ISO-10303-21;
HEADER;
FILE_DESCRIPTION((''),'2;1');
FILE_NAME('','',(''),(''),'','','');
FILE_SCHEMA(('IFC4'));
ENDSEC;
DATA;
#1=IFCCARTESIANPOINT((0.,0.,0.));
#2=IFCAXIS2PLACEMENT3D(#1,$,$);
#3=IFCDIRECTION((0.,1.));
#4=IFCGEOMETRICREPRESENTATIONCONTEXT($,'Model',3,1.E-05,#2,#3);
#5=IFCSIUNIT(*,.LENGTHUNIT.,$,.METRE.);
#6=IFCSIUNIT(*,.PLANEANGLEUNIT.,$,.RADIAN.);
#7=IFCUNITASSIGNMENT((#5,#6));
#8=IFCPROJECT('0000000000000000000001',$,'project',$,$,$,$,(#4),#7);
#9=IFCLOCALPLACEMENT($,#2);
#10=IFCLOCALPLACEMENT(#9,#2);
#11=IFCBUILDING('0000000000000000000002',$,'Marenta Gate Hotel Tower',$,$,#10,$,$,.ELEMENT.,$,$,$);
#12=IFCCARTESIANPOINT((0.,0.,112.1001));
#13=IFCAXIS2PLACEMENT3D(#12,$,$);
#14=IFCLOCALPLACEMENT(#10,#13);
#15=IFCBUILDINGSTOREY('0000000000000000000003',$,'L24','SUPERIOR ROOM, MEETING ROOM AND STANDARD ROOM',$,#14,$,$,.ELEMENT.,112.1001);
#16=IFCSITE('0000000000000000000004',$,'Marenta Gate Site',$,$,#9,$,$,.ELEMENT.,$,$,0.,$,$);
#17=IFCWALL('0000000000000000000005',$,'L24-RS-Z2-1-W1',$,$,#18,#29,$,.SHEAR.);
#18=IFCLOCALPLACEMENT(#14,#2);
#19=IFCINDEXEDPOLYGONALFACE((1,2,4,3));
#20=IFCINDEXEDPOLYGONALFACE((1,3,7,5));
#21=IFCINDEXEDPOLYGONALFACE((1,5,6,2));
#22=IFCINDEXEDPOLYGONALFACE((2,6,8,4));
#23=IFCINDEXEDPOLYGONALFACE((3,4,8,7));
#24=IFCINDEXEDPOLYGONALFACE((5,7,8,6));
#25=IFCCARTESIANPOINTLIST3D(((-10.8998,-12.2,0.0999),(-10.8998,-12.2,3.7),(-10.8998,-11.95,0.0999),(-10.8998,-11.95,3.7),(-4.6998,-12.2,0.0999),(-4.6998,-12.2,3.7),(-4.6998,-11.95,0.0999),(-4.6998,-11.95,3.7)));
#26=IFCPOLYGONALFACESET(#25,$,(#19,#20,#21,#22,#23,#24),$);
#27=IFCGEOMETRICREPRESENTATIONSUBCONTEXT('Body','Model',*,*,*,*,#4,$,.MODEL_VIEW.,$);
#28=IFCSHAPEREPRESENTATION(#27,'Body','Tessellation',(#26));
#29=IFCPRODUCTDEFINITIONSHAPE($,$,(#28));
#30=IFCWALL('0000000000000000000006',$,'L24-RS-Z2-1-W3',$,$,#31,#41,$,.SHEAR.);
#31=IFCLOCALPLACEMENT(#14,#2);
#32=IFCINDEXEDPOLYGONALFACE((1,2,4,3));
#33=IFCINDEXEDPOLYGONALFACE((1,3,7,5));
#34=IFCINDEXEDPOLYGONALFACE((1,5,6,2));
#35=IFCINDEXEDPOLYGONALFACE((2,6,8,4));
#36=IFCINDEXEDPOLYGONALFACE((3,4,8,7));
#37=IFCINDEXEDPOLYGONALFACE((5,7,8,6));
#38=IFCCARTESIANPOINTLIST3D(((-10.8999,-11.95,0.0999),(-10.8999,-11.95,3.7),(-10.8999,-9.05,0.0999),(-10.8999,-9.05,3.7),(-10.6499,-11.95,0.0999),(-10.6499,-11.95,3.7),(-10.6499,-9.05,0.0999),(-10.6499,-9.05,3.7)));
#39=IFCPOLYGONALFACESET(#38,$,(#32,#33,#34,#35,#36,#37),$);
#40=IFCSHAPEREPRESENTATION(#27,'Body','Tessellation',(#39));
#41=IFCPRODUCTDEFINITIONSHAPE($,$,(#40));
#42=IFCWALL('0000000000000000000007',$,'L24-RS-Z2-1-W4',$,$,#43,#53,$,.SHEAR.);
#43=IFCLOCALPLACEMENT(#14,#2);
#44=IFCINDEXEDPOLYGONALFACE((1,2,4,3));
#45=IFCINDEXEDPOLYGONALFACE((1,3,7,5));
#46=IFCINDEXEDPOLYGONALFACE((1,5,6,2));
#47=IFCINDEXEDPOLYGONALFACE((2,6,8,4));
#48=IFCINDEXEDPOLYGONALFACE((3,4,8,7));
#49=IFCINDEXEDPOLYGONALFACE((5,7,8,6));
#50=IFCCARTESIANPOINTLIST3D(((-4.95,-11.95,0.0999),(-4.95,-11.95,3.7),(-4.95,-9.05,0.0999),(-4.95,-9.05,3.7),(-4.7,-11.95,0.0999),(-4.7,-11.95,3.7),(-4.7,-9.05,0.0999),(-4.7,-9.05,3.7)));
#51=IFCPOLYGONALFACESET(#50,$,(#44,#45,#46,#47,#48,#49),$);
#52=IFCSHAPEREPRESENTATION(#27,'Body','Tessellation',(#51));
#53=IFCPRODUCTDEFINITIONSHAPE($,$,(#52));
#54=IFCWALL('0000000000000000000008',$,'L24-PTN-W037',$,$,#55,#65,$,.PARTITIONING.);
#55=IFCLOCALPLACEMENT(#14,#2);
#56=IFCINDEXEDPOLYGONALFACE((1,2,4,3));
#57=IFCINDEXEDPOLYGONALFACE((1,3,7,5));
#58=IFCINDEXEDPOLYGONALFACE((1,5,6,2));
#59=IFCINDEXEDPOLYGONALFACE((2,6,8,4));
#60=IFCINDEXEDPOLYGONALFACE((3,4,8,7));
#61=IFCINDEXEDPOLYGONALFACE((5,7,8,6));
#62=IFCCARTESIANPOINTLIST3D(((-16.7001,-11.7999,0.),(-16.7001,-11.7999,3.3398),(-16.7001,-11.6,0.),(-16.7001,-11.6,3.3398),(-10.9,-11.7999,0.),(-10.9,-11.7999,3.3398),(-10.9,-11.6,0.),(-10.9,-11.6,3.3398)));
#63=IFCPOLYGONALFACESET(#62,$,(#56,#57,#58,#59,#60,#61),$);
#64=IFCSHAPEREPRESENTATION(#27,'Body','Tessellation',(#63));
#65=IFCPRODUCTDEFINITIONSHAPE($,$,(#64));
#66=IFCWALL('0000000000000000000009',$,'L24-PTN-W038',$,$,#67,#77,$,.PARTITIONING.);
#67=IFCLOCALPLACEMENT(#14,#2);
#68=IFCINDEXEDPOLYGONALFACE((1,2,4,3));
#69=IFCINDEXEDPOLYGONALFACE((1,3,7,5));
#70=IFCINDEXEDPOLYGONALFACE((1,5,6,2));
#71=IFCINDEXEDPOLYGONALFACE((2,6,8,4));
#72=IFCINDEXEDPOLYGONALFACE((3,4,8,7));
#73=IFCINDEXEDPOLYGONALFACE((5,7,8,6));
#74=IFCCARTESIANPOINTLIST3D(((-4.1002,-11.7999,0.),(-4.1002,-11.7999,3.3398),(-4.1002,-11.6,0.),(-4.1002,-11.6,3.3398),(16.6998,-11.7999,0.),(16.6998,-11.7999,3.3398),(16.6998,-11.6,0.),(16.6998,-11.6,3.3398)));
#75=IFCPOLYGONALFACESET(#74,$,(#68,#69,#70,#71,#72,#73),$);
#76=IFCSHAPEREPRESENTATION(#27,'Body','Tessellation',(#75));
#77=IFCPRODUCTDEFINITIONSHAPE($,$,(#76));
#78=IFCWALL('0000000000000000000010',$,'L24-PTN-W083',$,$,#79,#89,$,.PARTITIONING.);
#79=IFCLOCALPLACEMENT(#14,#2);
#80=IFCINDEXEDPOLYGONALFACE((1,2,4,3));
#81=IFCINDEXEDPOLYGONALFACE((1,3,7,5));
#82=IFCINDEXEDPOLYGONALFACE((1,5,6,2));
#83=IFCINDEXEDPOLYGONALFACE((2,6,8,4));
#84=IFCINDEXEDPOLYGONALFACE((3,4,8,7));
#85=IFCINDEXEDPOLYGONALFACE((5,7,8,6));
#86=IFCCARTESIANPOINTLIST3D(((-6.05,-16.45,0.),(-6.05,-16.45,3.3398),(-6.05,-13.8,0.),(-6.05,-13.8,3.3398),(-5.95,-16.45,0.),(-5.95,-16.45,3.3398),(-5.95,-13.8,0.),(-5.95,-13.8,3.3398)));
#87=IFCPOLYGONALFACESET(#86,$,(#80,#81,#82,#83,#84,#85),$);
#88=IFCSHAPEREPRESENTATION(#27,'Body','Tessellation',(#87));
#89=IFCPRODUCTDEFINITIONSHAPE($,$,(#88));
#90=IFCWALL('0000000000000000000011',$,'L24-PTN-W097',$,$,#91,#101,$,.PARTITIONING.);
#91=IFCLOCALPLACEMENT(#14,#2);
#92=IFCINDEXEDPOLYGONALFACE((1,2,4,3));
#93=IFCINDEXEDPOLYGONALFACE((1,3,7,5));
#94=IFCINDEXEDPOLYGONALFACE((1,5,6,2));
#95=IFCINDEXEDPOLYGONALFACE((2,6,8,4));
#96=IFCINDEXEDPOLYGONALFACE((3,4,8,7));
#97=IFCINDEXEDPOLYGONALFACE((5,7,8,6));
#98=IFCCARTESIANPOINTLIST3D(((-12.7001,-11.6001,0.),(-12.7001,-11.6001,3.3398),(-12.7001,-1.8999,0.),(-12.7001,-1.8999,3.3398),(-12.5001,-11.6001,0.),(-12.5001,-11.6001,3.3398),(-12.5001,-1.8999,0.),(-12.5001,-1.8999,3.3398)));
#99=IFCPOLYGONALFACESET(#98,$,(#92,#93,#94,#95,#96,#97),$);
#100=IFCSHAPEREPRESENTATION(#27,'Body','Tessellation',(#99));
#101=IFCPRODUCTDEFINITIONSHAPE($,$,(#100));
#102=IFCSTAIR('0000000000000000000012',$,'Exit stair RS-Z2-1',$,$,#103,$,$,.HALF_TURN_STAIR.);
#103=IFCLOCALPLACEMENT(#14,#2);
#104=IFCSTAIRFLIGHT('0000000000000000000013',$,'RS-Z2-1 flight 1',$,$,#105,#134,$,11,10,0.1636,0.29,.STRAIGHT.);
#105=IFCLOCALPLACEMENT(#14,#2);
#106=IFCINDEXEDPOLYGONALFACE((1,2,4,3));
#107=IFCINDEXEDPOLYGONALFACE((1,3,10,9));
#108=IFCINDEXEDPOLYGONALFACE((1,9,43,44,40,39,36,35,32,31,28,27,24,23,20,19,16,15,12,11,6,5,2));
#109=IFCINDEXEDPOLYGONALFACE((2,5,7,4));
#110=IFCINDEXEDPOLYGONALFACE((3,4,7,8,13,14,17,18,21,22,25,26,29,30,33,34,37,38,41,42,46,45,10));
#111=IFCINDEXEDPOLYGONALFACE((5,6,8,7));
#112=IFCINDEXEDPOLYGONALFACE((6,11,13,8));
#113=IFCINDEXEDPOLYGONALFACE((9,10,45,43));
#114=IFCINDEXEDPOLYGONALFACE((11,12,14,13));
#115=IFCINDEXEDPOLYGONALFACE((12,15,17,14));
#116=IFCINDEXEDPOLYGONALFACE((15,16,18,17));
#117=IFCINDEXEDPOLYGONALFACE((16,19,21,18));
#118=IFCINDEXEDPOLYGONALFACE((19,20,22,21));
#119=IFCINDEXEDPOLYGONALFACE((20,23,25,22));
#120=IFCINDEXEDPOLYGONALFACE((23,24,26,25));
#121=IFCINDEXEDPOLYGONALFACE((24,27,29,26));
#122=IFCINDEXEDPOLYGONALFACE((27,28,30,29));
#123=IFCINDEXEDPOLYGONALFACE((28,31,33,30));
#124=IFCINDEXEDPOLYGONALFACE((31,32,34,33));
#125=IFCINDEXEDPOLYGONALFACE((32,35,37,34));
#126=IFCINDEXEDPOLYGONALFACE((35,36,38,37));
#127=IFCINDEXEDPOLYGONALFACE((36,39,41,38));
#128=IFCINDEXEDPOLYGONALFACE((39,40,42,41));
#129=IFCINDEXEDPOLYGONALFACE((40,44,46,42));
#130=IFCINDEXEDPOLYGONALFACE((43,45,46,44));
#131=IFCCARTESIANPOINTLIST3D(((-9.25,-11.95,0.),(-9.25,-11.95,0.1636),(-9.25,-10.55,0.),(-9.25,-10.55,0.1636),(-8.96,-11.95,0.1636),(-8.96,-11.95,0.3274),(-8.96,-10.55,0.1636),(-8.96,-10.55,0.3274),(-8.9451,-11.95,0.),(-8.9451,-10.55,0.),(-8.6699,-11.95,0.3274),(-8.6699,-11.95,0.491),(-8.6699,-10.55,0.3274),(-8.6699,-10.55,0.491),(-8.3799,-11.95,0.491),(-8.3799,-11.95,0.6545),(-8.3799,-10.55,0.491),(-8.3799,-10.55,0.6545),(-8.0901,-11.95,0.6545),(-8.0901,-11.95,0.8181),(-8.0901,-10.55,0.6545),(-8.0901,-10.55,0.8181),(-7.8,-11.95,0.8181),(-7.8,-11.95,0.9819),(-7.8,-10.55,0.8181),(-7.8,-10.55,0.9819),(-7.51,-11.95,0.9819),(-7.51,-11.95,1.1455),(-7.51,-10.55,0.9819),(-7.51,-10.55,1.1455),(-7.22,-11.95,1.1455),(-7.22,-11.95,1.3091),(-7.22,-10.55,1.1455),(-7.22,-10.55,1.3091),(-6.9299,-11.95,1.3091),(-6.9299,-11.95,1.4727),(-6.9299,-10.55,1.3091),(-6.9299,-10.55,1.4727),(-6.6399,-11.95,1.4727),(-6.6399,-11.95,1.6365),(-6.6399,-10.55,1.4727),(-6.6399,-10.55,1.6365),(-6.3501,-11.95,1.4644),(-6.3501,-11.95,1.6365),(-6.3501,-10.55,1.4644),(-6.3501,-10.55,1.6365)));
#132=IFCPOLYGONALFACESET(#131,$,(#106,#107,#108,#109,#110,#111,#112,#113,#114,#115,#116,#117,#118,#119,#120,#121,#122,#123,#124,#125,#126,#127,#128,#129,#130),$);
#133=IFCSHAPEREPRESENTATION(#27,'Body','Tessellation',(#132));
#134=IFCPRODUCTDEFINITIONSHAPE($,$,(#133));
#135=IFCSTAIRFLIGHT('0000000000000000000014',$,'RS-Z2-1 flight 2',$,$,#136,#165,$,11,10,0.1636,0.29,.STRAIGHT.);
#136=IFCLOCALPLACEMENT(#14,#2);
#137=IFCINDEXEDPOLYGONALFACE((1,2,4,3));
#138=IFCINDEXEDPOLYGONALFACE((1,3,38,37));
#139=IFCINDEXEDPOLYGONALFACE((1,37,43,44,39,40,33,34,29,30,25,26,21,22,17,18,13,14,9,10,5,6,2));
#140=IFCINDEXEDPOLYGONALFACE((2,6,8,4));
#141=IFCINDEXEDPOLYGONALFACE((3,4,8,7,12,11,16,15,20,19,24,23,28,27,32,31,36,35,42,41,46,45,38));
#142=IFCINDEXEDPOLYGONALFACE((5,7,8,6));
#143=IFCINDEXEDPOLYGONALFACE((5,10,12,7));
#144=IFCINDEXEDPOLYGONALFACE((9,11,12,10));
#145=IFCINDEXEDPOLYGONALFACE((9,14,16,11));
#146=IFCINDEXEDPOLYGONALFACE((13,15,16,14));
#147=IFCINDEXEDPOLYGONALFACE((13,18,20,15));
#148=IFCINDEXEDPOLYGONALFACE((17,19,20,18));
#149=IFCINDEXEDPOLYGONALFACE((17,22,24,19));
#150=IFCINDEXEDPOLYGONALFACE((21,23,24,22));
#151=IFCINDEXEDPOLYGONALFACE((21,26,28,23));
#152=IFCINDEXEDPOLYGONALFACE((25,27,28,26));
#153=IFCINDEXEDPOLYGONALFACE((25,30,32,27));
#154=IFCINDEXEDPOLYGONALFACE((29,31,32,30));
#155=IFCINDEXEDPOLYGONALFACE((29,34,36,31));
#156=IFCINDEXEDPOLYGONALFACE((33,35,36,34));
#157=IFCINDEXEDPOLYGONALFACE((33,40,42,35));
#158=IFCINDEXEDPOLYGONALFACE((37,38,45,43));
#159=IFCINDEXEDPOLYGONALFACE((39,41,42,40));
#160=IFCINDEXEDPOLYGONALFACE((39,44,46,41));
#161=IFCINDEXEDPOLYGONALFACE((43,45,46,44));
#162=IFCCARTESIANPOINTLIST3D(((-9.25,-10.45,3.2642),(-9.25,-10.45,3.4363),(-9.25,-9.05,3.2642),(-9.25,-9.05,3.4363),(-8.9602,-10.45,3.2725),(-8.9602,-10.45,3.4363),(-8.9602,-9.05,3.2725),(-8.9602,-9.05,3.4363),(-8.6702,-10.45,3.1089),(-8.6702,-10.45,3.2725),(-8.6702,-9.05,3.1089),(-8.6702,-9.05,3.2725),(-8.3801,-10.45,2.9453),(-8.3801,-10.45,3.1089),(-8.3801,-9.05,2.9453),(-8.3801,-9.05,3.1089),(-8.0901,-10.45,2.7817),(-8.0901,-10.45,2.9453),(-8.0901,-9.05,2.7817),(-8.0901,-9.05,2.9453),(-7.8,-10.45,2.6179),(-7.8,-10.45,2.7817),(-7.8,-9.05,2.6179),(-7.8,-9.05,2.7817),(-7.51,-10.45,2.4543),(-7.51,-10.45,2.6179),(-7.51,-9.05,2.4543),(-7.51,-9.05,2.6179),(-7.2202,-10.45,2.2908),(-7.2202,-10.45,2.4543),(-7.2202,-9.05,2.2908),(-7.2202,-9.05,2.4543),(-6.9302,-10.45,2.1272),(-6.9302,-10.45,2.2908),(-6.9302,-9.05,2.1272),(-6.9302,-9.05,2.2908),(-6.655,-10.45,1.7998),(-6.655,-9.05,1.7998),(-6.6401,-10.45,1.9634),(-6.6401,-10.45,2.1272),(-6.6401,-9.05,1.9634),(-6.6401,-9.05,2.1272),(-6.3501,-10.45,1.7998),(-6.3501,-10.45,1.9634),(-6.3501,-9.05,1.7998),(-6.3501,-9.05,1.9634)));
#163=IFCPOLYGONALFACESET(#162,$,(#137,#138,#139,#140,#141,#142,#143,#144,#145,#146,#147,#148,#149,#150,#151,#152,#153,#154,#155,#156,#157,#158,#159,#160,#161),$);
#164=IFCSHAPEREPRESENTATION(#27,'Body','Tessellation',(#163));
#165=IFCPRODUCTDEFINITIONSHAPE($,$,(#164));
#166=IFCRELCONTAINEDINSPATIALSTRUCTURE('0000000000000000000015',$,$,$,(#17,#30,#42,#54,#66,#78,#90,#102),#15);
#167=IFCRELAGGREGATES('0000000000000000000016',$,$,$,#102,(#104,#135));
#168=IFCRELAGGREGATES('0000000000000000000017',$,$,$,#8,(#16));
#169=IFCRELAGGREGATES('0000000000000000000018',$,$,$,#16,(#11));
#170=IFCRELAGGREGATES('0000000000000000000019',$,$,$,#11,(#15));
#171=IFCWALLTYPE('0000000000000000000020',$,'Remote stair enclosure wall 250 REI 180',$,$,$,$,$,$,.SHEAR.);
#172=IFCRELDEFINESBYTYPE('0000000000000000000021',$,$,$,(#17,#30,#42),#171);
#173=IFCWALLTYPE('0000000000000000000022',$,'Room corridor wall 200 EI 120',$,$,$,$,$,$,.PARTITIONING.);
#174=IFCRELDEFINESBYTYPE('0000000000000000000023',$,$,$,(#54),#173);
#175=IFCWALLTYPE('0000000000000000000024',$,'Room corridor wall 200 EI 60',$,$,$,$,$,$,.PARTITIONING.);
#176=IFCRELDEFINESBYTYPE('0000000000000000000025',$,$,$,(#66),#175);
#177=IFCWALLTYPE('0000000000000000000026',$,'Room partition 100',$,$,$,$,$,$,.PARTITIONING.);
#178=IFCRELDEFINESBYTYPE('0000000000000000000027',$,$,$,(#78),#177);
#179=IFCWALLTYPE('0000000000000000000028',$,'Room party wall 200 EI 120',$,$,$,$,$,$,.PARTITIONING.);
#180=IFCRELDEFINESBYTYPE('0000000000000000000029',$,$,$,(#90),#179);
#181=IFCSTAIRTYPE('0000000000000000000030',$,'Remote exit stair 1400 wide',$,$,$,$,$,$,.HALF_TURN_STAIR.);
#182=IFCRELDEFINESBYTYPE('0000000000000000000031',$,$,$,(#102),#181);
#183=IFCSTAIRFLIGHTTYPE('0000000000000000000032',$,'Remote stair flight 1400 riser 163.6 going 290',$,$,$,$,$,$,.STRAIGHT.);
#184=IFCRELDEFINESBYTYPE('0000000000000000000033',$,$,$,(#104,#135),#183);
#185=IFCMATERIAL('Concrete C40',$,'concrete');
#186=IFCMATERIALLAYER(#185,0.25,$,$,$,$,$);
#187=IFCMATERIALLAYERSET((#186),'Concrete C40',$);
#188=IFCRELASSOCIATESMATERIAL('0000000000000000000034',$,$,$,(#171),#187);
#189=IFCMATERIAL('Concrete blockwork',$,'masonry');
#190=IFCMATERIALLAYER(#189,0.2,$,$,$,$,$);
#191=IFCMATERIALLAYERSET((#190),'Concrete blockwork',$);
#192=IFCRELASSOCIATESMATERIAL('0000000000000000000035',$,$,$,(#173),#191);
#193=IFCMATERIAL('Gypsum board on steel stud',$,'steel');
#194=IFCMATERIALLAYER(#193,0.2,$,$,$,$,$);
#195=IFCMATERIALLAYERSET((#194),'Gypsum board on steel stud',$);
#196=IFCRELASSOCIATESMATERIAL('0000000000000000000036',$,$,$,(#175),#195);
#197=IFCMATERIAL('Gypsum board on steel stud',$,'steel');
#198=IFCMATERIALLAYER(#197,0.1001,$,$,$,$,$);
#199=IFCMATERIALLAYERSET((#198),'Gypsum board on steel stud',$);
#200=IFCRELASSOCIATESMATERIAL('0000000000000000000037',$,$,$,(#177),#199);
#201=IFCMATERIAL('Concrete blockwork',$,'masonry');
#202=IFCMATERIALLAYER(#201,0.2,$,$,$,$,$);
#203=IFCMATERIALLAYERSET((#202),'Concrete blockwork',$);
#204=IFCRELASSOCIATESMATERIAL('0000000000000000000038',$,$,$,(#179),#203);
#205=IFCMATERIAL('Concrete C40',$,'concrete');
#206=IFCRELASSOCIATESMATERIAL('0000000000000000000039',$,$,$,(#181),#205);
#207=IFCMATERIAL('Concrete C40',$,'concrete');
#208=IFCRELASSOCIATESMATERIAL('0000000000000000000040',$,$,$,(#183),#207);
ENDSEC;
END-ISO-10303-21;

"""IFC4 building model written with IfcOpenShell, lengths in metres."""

from ifc_helpers import new_model, si_unit, direction, frame, frame_2d, origin, place, context, subcontext, project, spatial, polyline, rectangle, outline, extrude, material, layer, layer_set, type_object, element, aggregate, save


model = new_model("IFC4")

# Units and contexts
model_context = context("Model", 3, precision=1e-05, world=origin(), true_north=direction((0.0, 1.0)))
body_context = subcontext(model_context, "Body", "Model", "MODEL_VIEW")
ifc_project = project(units=[si_unit("LENGTHUNIT", "METRE"), si_unit("PLANEANGLEUNIT", "RADIAN")], contexts=[model_context])

# Site, building, storey
site_placement = place(None, origin())
site = spatial("IfcSite", under=ifc_project, at=site_placement, Name="Marenta Gate Site", CompositionType="ELEMENT", RefElevation=0.0)
building_placement = place(site_placement, origin())
building = spatial("IfcBuilding", under=site, at=building_placement, Name="Marenta Gate Hotel Tower", CompositionType="ELEMENT")
storey_placement = place(building_placement, frame((0.0, 0.0, 112.1001)))
storey = spatial("IfcBuildingStorey", under=building, at=storey_placement, Name="L24", Description="SUPERIOR ROOM, MEETING ROOM AND STANDARD ROOM", CompositionType="ELEMENT", Elevation=112.1001)

# Walls
ifc_material_1 = material(Name="Concrete C40", Category="concrete")
ifc_layer_1 = layer(ifc_material_1, 0.25)
ifc_layer_set_1 = layer_set([ifc_layer_1], Name="Concrete C40")
wall_type_1 = type_object("IfcWallType", Name="Remote stair enclosure wall 250 REI 180", PredefinedType="SHEAR", material=ifc_layer_set_1)
wall_1_placement = place(storey_placement, frame((-10.8999, -12.075, 0.0999), z_axis=(0.0, 0.0, 1.0), x_axis=(1.0, 0.0, 0.0)))
element("IfcWall", 1, at=wall_1_placement, inside=storey, type_object=wall_type_1, Name="L24-RS-Z2-1-W1", PredefinedType="SHEAR", context=body_context, shape_type="SweptSolid", body=[
    extrude(rectangle(XDim=6.2, YDim=0.25, at=frame_2d((3.1001, 0.0))), origin(), (0.0, 0.0, 1.0), 3.6001),
])
for number, where, z_axis, x_axis, name in (
    (2, (-10.7749, -11.95, 0.0999), (0.0, 0.0, 1.0), (0.0, 1.0, 0.0), "L24-RS-Z2-1-W3"),
    (3, (-4.825, -11.95, 0.0999), (0.0, 0.0, 1.0), (0.0, 1.0, 0.0), "L24-RS-Z2-1-W4"),
):
    element("IfcWall", number, at=place(storey_placement, frame(where, z_axis=z_axis, x_axis=x_axis)), inside=storey, type_object=wall_type_1, Name=name, PredefinedType="SHEAR", context=body_context, shape_type="SweptSolid", body=[
        extrude(rectangle(XDim=2.8999, YDim=0.25, at=frame_2d((1.45, 0.0))), origin(), (0.0, 0.0, 1.0), 3.6001),
    ])
ifc_material_2 = material(Name="Concrete blockwork", Category="masonry")
ifc_layer_2 = layer(ifc_material_2, 0.2)
ifc_layer_set_2 = layer_set([ifc_layer_2], Name="Concrete blockwork")
wall_type_2 = type_object("IfcWallType", Name="Room corridor wall 200 EI 120", PredefinedType="PARTITIONING", material=ifc_layer_set_2)
wall_2_placement = place(storey_placement, frame((-16.7, -11.7, 0.0), z_axis=(0.0, 0.0, 1.0), x_axis=(1.0, 0.0, 0.0)))
element("IfcWall", 4, at=wall_2_placement, inside=storey, type_object=wall_type_2, Name="L24-PTN-W037", PredefinedType="PARTITIONING", context=body_context, shape_type="SweptSolid", body=[
    extrude(rectangle(XDim=5.8, YDim=0.2, at=frame_2d((2.8999, 0.0))), origin(), (0.0, 0.0, 1.0), 3.3398),
])

# Shared definitions
ifc_material_3 = material(Name="Gypsum board on steel stud", Category="steel")
ifc_layer_3 = layer(ifc_material_3, 0.2)
ifc_layer_set_3 = layer_set([ifc_layer_3], Name="Gypsum board on steel stud")
wall_type_3 = type_object("IfcWallType", Name="Room corridor wall 200 EI 60", PredefinedType="PARTITIONING", material=ifc_layer_set_3)

# Walls
wall_3_placement = place(storey_placement, frame((-4.1001, -11.7, 0.0), z_axis=(0.0, 0.0, 1.0), x_axis=(1.0, 0.0, 0.0)))
element("IfcWall", 5, at=wall_3_placement, inside=storey, type_object=wall_type_3, Name="L24-PTN-W038", PredefinedType="PARTITIONING", context=body_context, shape_type="SweptSolid", body=[
    extrude(rectangle(XDim=20.8, YDim=0.2, at=frame_2d((10.3999, 0.0))), origin(), (0.0, 0.0, 1.0), 3.3398),
])
ifc_material_4 = material(Name="Gypsum board on steel stud", Category="steel")
ifc_layer_4 = layer(ifc_material_4, 0.1001)
ifc_layer_set_4 = layer_set([ifc_layer_4], Name="Gypsum board on steel stud")
wall_type_4 = type_object("IfcWallType", Name="Room partition 100", PredefinedType="PARTITIONING", material=ifc_layer_set_4)
wall_4_placement = place(storey_placement, frame((-6.0, -16.45, 0.0), z_axis=(0.0, 0.0, 1.0), x_axis=(0.0, 1.0, 0.0)))
element("IfcWall", 6, at=wall_4_placement, inside=storey, type_object=wall_type_4, Name="L24-PTN-W083", PredefinedType="PARTITIONING", context=body_context, shape_type="SweptSolid", body=[
    extrude(rectangle(XDim=2.6499, YDim=0.1001, at=frame_2d((1.325, 0.0))), origin(), (0.0, 0.0, 1.0), 3.3398),
])
ifc_material_5 = material(Name="Concrete blockwork", Category="masonry")
ifc_layer_5 = layer(ifc_material_5, 0.2)
ifc_layer_set_5 = layer_set([ifc_layer_5], Name="Concrete blockwork")
wall_type_5 = type_object("IfcWallType", Name="Room party wall 200 EI 120", PredefinedType="PARTITIONING", material=ifc_layer_set_5)
wall_5_placement = place(storey_placement, frame((-12.6001, -11.6001, 0.0), z_axis=(0.0, 0.0, 1.0), x_axis=(0.0, 1.0, 0.0)))
element("IfcWall", 7, at=wall_5_placement, inside=storey, type_object=wall_type_5, Name="L24-PTN-W097", PredefinedType="PARTITIONING", context=body_context, shape_type="SweptSolid", body=[
    extrude(rectangle(XDim=9.7002, YDim=0.2, at=frame_2d((4.8501, 0.0))), origin(), (0.0, 0.0, 1.0), 3.3398),
])

# Stair, stair flights
ifc_material_6 = material(Name="Concrete C40", Category="concrete")
stair_type = type_object("IfcStairType", Name="Remote exit stair 1400 wide", PredefinedType="HALF_TURN_STAIR", material=ifc_material_6)
stair_placement = place(storey_placement, origin())
stair = element("IfcStair", 8, at=stair_placement, inside=storey, type_object=stair_type, Name="Exit stair RS-Z2-1", PredefinedType="HALF_TURN_STAIR")
ifc_material_7 = material(Name="Concrete C40", Category="concrete")
stair_flight_type = type_object("IfcStairFlightType", Name="Remote stair flight 1400 riser 163.6 going 290", PredefinedType="STRAIGHT", material=ifc_material_7)
stair_flight_1_placement = place(storey_placement, frame((-9.25, -11.25, 0.0), z_axis=(0.0, 0.0, 1.0), x_axis=(1.0, 0.0, 0.0)))
stair_flight_1 = element("IfcStairFlight", 9, at=stair_flight_1_placement, type_object=stair_flight_type, Name="RS-Z2-1 flight 1", NumberOfRisers=11, NumberOfTreads=10, PredefinedType="STRAIGHT", RiserHeight=0.1636, TreadLength=0.29, context=body_context, shape_type="SweptSolid", body=[
    extrude(outline(polyline([(0.0, 0.0), (0.0, 0.1636), (0.29, 0.1636), (0.29, 0.3274), (0.5801, 0.3274), (0.5801, 0.491), (0.8701, 0.491), (0.8701, 0.6545), (1.1599, 0.6545), (1.1599, 0.8181), (1.45, 0.8181), (1.45, 0.9819), (1.74, 0.9819), (1.74, 1.1455), (2.03, 1.1455), (2.03, 1.3091), (2.3201, 1.3091), (2.3201, 1.4727), (2.6101, 1.4727), (2.6101, 1.6365), (2.8999, 1.6365), (2.8999, 1.8), (2.8999, 1.4644), (0.3049, 0.0), (0.0, 0.0)])), frame((0.0, 0.7, 0.0), z_axis=(0.0, -1.0, 0.0), x_axis=(1.0, 0.0, 0.0)), (0.0, 0.0, 1.0), 1.3999),
])
stair_flight_2_placement = place(storey_placement, frame((-6.3501, -9.75, 1.7998), z_axis=(0.0, 0.0, 1.0), x_axis=(-1.0, 0.0, 0.0)))
stair_flight_2 = element("IfcStairFlight", 10, at=stair_flight_2_placement, type_object=stair_flight_type, Name="RS-Z2-1 flight 2", NumberOfRisers=11, NumberOfTreads=10, PredefinedType="STRAIGHT", RiserHeight=0.1636, TreadLength=0.29, context=body_context, shape_type="SweptSolid", body=[
    extrude(outline(polyline([(0.0, 0.0), (0.0, 0.1636), (0.29, 0.1636), (0.29, 0.3274), (0.5801, 0.3274), (0.5801, 0.491), (0.8701, 0.491), (0.8701, 0.6545), (1.1599, 0.6545), (1.1599, 0.8181), (1.45, 0.8181), (1.45, 0.9819), (1.74, 0.9819), (1.74, 1.1455), (2.03, 1.1455), (2.03, 1.3091), (2.3201, 1.3091), (2.3201, 1.4727), (2.6101, 1.4727), (2.6101, 1.6365), (2.8999, 1.6365), (2.8999, 1.8), (2.8999, 1.4644), (0.3049, 0.0), (0.0, 0.0)])), frame((0.0, 0.7, 0.0), z_axis=(0.0, -1.0, 0.0), x_axis=(1.0, 0.0, 0.0)), (0.0, 0.0, 1.0), 1.3999),
])
aggregate(stair, [stair_flight_1, stair_flight_2])

save(model, "model.ifc")
